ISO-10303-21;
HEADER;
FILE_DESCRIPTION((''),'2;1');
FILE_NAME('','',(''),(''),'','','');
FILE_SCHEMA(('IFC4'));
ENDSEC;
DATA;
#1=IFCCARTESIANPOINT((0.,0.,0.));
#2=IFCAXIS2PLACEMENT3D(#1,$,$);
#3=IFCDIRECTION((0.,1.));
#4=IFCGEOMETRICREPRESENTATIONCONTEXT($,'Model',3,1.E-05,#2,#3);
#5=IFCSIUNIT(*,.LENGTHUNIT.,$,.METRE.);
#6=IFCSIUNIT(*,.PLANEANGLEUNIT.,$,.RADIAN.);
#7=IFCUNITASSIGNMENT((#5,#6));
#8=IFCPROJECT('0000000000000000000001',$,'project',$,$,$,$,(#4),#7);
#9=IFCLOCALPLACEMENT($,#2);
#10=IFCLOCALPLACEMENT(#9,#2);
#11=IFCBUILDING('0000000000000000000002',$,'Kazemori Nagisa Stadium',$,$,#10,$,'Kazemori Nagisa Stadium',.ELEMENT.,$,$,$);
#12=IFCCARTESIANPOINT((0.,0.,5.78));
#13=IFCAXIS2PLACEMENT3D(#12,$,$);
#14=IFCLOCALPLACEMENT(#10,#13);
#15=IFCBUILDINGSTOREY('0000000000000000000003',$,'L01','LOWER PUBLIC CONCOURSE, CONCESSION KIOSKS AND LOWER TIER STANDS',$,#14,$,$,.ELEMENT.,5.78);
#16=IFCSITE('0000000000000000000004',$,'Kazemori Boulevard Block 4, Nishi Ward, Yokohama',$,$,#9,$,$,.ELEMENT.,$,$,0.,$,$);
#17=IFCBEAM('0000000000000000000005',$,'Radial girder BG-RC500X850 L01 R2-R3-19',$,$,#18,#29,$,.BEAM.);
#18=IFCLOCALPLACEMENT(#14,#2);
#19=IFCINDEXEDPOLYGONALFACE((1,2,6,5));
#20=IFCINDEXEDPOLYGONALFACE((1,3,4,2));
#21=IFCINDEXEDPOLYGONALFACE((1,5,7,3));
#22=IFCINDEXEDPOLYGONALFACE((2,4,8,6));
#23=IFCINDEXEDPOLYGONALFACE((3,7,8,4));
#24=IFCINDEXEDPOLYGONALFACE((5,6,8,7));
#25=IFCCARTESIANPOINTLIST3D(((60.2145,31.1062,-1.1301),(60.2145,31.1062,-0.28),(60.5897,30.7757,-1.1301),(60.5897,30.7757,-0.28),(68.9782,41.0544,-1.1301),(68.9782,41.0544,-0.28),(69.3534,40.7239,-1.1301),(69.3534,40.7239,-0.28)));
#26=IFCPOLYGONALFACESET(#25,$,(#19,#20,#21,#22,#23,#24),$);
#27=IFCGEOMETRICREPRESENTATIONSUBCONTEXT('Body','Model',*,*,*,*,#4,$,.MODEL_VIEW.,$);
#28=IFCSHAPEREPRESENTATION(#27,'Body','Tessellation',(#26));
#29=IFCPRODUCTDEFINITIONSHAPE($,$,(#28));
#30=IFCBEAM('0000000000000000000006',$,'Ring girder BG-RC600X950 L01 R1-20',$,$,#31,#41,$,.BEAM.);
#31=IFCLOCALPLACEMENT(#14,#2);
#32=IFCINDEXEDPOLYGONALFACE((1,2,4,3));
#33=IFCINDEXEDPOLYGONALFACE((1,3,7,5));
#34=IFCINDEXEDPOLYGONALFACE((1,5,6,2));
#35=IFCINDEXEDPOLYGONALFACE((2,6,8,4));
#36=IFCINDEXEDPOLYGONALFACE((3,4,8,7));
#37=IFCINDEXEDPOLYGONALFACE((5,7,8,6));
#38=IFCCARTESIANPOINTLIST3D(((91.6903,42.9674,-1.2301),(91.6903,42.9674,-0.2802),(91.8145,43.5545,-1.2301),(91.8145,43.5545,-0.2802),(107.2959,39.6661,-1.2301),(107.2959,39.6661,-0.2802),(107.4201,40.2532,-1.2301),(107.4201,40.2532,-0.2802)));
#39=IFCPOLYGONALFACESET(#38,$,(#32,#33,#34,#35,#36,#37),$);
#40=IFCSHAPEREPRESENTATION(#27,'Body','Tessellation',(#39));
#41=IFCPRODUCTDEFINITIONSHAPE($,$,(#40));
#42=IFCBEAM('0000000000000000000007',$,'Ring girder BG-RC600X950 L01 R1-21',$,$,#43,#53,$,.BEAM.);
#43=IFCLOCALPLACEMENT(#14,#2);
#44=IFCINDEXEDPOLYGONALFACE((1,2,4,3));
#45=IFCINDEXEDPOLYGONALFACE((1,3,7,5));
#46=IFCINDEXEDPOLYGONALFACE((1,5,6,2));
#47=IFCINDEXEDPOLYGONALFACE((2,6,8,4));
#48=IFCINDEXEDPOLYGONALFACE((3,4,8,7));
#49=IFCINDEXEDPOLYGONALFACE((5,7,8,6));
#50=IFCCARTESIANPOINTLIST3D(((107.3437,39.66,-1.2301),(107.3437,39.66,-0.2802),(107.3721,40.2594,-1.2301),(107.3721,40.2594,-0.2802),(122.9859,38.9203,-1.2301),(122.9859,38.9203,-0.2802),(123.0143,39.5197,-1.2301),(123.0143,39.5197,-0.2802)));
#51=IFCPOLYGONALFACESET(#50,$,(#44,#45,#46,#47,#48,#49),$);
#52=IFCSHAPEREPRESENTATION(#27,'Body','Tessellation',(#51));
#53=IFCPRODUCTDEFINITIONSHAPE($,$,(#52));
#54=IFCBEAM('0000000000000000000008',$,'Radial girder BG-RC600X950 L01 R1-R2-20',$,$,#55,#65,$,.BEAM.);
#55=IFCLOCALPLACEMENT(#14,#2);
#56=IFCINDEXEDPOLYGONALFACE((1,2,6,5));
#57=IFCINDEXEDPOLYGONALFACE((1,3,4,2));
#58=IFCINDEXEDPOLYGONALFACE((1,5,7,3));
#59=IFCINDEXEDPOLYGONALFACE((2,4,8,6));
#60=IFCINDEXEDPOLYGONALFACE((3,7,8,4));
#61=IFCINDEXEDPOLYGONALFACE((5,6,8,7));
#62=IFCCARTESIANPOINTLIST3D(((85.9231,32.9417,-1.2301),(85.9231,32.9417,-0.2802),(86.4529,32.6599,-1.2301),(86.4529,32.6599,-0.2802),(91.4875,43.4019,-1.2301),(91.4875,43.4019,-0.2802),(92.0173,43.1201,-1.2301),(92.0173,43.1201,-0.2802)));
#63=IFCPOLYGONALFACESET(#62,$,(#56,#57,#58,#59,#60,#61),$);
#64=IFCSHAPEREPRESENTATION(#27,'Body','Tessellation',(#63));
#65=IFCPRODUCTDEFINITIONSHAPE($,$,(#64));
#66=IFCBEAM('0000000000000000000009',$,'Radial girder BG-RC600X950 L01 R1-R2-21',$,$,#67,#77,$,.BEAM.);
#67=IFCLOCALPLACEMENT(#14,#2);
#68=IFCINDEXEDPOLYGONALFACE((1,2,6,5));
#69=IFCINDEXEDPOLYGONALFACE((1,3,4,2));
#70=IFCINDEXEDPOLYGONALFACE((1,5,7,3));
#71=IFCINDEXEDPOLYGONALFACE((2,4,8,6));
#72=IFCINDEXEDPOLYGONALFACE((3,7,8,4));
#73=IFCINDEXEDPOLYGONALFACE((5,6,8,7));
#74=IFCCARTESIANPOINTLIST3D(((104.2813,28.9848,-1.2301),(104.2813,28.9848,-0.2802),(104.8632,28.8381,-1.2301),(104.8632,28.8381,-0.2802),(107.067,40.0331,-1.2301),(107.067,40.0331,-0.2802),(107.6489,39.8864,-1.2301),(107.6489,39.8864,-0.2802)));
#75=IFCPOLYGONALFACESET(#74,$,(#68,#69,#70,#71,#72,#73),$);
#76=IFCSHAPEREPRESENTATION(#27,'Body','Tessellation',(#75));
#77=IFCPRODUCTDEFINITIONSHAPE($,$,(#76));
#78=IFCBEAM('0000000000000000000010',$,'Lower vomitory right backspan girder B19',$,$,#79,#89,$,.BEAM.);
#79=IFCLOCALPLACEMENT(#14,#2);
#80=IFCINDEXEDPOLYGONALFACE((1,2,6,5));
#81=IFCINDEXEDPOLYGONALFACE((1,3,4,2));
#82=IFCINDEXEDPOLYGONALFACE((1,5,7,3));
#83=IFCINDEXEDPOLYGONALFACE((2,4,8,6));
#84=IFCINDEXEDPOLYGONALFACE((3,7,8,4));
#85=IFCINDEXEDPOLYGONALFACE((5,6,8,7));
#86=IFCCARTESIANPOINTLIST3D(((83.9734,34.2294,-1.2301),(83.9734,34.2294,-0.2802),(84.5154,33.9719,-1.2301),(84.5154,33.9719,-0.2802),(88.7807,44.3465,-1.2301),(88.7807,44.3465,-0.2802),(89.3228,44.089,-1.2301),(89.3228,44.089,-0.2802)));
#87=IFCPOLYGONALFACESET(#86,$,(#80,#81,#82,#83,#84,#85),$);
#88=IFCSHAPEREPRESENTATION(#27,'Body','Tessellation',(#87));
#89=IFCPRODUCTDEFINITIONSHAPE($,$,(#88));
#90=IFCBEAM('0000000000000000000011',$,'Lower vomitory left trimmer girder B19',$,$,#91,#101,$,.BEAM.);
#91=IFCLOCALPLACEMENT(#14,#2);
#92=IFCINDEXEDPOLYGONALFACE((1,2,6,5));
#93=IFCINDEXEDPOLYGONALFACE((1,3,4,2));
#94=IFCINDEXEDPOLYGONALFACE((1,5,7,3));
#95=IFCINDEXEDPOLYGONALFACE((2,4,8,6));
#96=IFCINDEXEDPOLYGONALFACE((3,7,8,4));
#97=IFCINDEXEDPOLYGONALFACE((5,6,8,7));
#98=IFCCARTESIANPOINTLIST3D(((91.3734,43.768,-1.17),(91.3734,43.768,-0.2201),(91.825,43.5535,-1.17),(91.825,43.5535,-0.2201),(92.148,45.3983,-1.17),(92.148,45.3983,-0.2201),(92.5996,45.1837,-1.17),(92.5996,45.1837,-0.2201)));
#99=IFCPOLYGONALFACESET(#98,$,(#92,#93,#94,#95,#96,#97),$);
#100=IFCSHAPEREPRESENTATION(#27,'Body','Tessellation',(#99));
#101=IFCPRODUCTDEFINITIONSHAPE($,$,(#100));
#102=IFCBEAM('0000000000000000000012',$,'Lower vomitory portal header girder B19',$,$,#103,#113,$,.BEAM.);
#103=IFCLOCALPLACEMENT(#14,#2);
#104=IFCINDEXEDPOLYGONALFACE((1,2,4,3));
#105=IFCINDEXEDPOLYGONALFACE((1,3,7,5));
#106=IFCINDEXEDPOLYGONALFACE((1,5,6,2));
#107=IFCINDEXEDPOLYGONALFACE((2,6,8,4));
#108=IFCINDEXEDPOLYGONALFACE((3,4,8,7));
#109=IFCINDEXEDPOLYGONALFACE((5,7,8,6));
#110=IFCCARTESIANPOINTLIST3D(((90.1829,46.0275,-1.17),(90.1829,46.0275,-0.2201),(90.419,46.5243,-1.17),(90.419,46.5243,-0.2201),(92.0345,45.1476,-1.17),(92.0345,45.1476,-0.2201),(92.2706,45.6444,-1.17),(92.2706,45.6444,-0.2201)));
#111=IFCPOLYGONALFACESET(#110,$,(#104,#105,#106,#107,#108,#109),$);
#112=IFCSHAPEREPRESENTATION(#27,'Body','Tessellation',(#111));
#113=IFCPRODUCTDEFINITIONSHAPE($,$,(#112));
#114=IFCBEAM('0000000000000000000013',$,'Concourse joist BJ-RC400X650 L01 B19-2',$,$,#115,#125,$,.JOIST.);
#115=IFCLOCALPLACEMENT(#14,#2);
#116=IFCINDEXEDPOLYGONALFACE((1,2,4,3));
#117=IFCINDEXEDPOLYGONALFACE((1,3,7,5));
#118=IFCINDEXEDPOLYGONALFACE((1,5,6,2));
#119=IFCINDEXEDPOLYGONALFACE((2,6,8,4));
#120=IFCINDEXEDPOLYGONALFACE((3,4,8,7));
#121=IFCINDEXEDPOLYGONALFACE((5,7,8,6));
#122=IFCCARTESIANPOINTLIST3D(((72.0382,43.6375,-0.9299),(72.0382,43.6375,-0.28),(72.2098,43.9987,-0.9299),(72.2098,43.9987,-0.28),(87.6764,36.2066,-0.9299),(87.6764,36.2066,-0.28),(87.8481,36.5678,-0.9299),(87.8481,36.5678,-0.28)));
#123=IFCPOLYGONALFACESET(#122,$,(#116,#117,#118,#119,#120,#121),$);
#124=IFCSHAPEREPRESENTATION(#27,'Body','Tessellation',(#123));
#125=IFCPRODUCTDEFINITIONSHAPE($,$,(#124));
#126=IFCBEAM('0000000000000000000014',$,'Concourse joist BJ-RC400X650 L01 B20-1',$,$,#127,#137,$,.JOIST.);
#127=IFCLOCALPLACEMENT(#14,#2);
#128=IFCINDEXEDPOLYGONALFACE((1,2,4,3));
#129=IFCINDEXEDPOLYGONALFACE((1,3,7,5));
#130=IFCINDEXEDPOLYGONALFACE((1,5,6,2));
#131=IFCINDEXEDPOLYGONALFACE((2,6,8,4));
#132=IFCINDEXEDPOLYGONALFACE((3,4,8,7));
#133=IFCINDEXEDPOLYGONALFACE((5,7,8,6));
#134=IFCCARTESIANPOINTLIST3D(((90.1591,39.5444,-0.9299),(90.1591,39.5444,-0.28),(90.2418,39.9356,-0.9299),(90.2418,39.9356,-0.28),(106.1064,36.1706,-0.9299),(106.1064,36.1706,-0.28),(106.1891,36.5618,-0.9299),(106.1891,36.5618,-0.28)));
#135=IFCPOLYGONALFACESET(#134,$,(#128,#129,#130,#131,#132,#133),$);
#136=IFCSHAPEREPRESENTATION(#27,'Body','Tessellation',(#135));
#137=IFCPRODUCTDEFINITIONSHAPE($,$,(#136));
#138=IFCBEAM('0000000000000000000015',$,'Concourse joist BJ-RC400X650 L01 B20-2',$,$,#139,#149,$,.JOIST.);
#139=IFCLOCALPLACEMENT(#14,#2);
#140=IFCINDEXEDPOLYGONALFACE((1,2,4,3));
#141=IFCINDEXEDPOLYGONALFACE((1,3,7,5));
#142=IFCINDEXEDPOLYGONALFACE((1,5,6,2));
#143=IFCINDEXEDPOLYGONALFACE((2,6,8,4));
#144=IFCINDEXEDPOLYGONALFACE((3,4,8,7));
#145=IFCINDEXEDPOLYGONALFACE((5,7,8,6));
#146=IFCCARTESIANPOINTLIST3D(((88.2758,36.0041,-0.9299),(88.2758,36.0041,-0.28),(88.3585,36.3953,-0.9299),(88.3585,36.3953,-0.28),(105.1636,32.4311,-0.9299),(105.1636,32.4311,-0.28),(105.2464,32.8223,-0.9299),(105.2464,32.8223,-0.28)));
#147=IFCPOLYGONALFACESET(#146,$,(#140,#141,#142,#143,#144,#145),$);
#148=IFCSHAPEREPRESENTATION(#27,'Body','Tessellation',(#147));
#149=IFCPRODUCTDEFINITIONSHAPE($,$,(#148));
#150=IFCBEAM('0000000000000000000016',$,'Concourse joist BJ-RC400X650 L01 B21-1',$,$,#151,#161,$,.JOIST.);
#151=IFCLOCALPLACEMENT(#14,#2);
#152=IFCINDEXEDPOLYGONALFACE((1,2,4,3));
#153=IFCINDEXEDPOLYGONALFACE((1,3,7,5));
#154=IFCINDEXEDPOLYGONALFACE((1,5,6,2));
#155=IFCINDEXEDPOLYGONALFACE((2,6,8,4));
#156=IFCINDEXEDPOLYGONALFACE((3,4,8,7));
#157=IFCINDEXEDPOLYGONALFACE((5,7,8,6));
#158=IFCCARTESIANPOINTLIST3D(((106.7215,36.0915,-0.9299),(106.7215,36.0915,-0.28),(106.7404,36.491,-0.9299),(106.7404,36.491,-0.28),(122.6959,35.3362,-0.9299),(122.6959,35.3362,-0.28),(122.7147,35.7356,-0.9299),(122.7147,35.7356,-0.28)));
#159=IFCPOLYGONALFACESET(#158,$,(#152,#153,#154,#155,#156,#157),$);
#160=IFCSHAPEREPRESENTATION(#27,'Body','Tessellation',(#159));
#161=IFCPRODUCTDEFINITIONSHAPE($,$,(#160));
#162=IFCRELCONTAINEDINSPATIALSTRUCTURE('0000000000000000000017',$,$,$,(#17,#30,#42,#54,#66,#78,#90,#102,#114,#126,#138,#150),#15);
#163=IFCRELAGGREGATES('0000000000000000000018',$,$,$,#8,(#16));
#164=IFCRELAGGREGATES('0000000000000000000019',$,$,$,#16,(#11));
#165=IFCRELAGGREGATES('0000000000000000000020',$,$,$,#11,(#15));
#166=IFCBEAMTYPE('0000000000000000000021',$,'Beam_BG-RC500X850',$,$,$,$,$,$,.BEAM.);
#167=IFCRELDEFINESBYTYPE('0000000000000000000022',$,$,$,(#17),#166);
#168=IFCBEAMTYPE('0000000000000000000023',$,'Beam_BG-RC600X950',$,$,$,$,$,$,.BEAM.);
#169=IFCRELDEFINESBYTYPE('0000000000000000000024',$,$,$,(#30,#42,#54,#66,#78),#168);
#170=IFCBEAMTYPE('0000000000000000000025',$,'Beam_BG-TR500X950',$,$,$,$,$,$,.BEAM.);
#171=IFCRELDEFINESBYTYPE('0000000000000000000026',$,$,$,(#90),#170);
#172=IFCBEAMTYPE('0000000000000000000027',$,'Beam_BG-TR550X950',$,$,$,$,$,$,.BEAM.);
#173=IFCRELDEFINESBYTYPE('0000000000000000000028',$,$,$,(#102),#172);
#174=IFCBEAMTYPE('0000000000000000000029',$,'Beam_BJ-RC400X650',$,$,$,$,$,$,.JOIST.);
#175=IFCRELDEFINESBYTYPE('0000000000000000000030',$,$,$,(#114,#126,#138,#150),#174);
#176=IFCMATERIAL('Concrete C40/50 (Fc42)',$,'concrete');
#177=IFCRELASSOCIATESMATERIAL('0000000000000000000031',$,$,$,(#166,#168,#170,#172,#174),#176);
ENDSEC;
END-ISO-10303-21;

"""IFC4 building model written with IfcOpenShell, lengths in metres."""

from ifc_helpers import new_model, si_unit, direction, frame, origin, origin_2d, place, context, subcontext, project, spatial, rectangle, extrude, material, material_profile, profile_set, type_object, element, save


model = new_model("IFC4")

# Units and contexts
model_context = context("Model", 3, precision=1e-05, world=origin(), true_north=direction((0.0, 1.0)))
body_context = subcontext(model_context, "Body", "Model", "MODEL_VIEW")
ifc_project = project(units=[si_unit("LENGTHUNIT", "METRE"), si_unit("PLANEANGLEUNIT", "RADIAN")], contexts=[model_context])

# Site, building, storey
site_placement = place(None, origin())
site = spatial("IfcSite", under=ifc_project, at=site_placement, Name="Kazemori Boulevard Block 4, Nishi Ward, Yokohama", CompositionType="ELEMENT", RefElevation=0.0)
building_placement = place(site_placement, origin())
building = spatial("IfcBuilding", under=site, at=building_placement, Name="Kazemori Nagisa Stadium", LongName="Kazemori Nagisa Stadium", CompositionType="ELEMENT")
storey_placement = place(building_placement, frame((0.0, 0.0, 5.78)))
storey = spatial("IfcBuildingStorey", under=building, at=storey_placement, Name="L01", Description="LOWER PUBLIC CONCOURSE, CONCESSION KIOSKS AND LOWER TIER STANDS", CompositionType="ELEMENT", Elevation=5.78)

# Shared definitions
ifc_material_1 = material(Name="Concrete C40/50 (Fc42)", Category="concrete")

# Beams
ifc_material_profile_1 = material_profile(ifc_material_1, rectangle(XDim=0.5, YDim=0.8501, at=origin_2d()), Name="RC-BM-500x850")
ifc_profile_set_1 = profile_set([ifc_material_profile_1], Name="Concrete C40/50 (Fc42)")
beam_type_1 = type_object("IfcBeamType", Name="Beam_BG-RC500X850", PredefinedType="BEAM", material=ifc_profile_set_1)
beam_1_placement = place(storey_placement, frame((69.1658, 40.8892, -0.7051), z_axis=(-0.66102, -0.750369, 0.0), x_axis=(0.750369, -0.66102, 0.0)))
element("IfcBeam", 1, at=beam_1_placement, inside=storey, type_object=beam_type_1, Name="Radial girder BG-RC500X850 L01 R2-R3-19", PredefinedType="BEAM", context=body_context, shape_type="SweptSolid", body=[
    extrude(rectangle(XDim=0.5, YDim=0.8501, at=origin_2d()), origin(), (0.0, 0.0, 1.0), 13.2578),
])
ifc_material_profile_2 = material_profile(ifc_material_1, rectangle(XDim=0.6001, YDim=0.95, at=origin_2d()), Name="RC-BM-600x950")
ifc_profile_set_2 = profile_set([ifc_material_profile_2], Name="Concrete C40/50 (Fc42)")
beam_type_2 = type_object("IfcBeamType", Name="Beam_BG-RC600X950", PredefinedType="BEAM", material=ifc_profile_set_2)
beam_2_placement = place(storey_placement, frame((91.7524, 43.261, -0.7551), z_axis=(0.978348, -0.206965, 0.0), x_axis=(0.206965, 0.978348, 0.0)))
element("IfcBeam", 2, at=beam_2_placement, inside=storey, type_object=beam_type_2, Name="Ring girder BG-RC600X950 L01 R1-20", PredefinedType="BEAM", context=body_context, shape_type="SweptSolid", body=[
    extrude(rectangle(XDim=0.6001, YDim=0.95, at=origin_2d()), origin(), (0.0, 0.0, 1.0), 15.9509),
])
beam_3_placement = place(storey_placement, frame((107.3579, 39.9597, -0.7551), z_axis=(0.998884, -0.047239, 0.0), x_axis=(0.047239, 0.998884, 0.0)))
element("IfcBeam", 3, at=beam_3_placement, inside=storey, type_object=beam_type_2, Name="Ring girder BG-RC600X950 L01 R1-21", PredefinedType="BEAM", context=body_context, shape_type="SweptSolid", body=[
    extrude(rectangle(XDim=0.6001, YDim=0.95, at=origin_2d()), origin(), (0.0, 0.0, 1.0), 15.6597),
])
beam_4_placement = place(storey_placement, frame((91.7524, 43.261, -0.7551), z_axis=(-0.469647, -0.882854, 0.0), x_axis=(0.882854, -0.469647, 0.0)))
element("IfcBeam", 4, at=beam_4_placement, inside=storey, type_object=beam_type_2, Name="Radial girder BG-RC600X950 L01 R1-R2-20", PredefinedType="BEAM", context=body_context, shape_type="SweptSolid", body=[
    extrude(rectangle(XDim=0.6001, YDim=0.95, at=origin_2d()), origin(), (0.0, 0.0, 1.0), 11.8481),
])
beam_5_placement = place(storey_placement, frame((107.3579, 39.9597, -0.7551), z_axis=(-0.244481, -0.969654, 0.0), x_axis=(0.969654, -0.244481, 0.0)))
element("IfcBeam", 5, at=beam_5_placement, inside=storey, type_object=beam_type_2, Name="Radial girder BG-RC600X950 L01 R1-R2-21", PredefinedType="BEAM", context=body_context, shape_type="SweptSolid", body=[
    extrude(rectangle(XDim=0.6001, YDim=0.95, at=origin_2d()), origin(), (0.0, 0.0, 1.0), 11.394),
])
beam_6_placement = place(storey_placement, frame((89.0518, 44.2178, -0.7551), z_axis=(-0.429181, -0.903218, 0.0), x_axis=(0.903218, -0.429181, 0.0)))
element("IfcBeam", 6, at=beam_6_placement, inside=storey, type_object=beam_type_2, Name="Lower vomitory right backspan girder B19", PredefinedType="BEAM", context=body_context, shape_type="SweptSolid", body=[
    extrude(rectangle(XDim=0.6001, YDim=0.95, at=origin_2d()), origin(), (0.0, 0.0, 1.0), 11.2012),
])
ifc_material_profile_3 = material_profile(ifc_material_1, rectangle(XDim=0.5, YDim=0.95, at=origin_2d()), Name="RC-BM-500x950")
ifc_profile_set_3 = profile_set([ifc_material_profile_3], Name="Concrete C40/50 (Fc42)")
beam_type_3 = type_object("IfcBeamType", Name="Beam_BG-TR500X950", PredefinedType="BEAM", material=ifc_profile_set_3)
beam_7_placement = place(storey_placement, frame((92.3738, 45.291, -0.6951), z_axis=(-0.429162, -0.903228, 0.0), x_axis=(0.903228, -0.429162, 0.0)))
element("IfcBeam", 7, at=beam_7_placement, inside=storey, type_object=beam_type_3, Name="Lower vomitory left trimmer girder B19", PredefinedType="BEAM", context=body_context, shape_type="SweptSolid", body=[
    extrude(rectangle(XDim=0.5, YDim=0.95, at=origin_2d()), origin(), (0.0, 0.0, 1.0), 1.8049),
])
ifc_material_profile_4 = material_profile(ifc_material_1, rectangle(XDim=0.55, YDim=0.95, at=origin_2d()), Name="RC-BM-550x950")
ifc_profile_set_4 = profile_set([ifc_material_profile_4], Name="Concrete C40/50 (Fc42)")
beam_type_4 = type_object("IfcBeamType", Name="Beam_BG-TR550X950", PredefinedType="BEAM", material=ifc_profile_set_4)
beam_8_placement = place(storey_placement, frame((92.1526, 45.396, -0.6951), z_axis=(-0.903204, 0.429212, 0.0), x_axis=(-0.429212, -0.903204, 0.0)))
element("IfcBeam", 8, at=beam_8_placement, inside=storey, type_object=beam_type_4, Name="Lower vomitory portal header girder B19", PredefinedType="BEAM", context=body_context, shape_type="SweptSolid", body=[
    extrude(rectangle(XDim=0.55, YDim=0.95, at=origin_2d()), origin(), (0.0, 0.0, 1.0), 2.05),
])
ifc_material_profile_5 = material_profile(ifc_material_1, rectangle(XDim=0.3999, YDim=0.6499, at=origin_2d()), Name="RC-BM-400x650")
ifc_profile_set_5 = profile_set([ifc_material_profile_5], Name="Concrete C40/50 (Fc42)")
beam_type_5 = type_object("IfcBeamType", Name="Beam_BJ-RC400X650", PredefinedType="JOIST", material=ifc_profile_set_5)
beam_9_placement = place(storey_placement, frame((72.124, 43.8181, -0.605), z_axis=(0.903215, -0.429187, 0.0), x_axis=(0.429187, 0.903215, 0.0)))
element("IfcBeam", 9, at=beam_9_placement, inside=storey, type_object=beam_type_5, Name="Concourse joist BJ-RC400X650 L01 B19-2", PredefinedType="JOIST", context=body_context, shape_type="SweptSolid", body=[
    extrude(rectangle(XDim=0.3999, YDim=0.6499, at=origin_2d()), origin(), (0.0, 0.0, 1.0), 17.314),
])
beam_10_placement = place(storey_placement, frame((90.2004, 39.74, -0.605), z_axis=(0.978346, -0.206977, 0.0), x_axis=(0.206977, 0.978346, 0.0)))
element("IfcBeam", 10, at=beam_10_placement, inside=storey, type_object=beam_type_5, Name="Concourse joist BJ-RC400X650 L01 B20-1", PredefinedType="JOIST", context=body_context, shape_type="SweptSolid", body=[
    extrude(rectangle(XDim=0.3999, YDim=0.6499, at=origin_2d()), origin(), (0.0, 0.0, 1.0), 16.3003),
])
beam_11_placement = place(storey_placement, frame((88.3171, 36.1997, -0.605), z_axis=(0.978343, -0.206989, 0.0), x_axis=(0.206989, 0.978343, 0.0)))
element("IfcBeam", 11, at=beam_11_placement, inside=storey, type_object=beam_type_5, Name="Concourse joist BJ-RC400X650 L01 B20-2", PredefinedType="JOIST", context=body_context, shape_type="SweptSolid", body=[
    extrude(rectangle(XDim=0.3999, YDim=0.6499, at=origin_2d()), origin(), (0.0, 0.0, 1.0), 17.2617),
])
beam_12_placement = place(storey_placement, frame((106.731, 36.2913, -0.605), z_axis=(0.998884, -0.047234, 0.0), x_axis=(0.047234, 0.998884, 0.0)))
element("IfcBeam", 12, at=beam_12_placement, inside=storey, type_object=beam_type_5, Name="Concourse joist BJ-RC400X650 L01 B21-1", PredefinedType="JOIST", context=body_context, shape_type="SweptSolid", body=[
    extrude(rectangle(XDim=0.3999, YDim=0.6499, at=origin_2d()), origin(), (0.0, 0.0, 1.0), 15.9922),
])

save(model, "model.ifc")
